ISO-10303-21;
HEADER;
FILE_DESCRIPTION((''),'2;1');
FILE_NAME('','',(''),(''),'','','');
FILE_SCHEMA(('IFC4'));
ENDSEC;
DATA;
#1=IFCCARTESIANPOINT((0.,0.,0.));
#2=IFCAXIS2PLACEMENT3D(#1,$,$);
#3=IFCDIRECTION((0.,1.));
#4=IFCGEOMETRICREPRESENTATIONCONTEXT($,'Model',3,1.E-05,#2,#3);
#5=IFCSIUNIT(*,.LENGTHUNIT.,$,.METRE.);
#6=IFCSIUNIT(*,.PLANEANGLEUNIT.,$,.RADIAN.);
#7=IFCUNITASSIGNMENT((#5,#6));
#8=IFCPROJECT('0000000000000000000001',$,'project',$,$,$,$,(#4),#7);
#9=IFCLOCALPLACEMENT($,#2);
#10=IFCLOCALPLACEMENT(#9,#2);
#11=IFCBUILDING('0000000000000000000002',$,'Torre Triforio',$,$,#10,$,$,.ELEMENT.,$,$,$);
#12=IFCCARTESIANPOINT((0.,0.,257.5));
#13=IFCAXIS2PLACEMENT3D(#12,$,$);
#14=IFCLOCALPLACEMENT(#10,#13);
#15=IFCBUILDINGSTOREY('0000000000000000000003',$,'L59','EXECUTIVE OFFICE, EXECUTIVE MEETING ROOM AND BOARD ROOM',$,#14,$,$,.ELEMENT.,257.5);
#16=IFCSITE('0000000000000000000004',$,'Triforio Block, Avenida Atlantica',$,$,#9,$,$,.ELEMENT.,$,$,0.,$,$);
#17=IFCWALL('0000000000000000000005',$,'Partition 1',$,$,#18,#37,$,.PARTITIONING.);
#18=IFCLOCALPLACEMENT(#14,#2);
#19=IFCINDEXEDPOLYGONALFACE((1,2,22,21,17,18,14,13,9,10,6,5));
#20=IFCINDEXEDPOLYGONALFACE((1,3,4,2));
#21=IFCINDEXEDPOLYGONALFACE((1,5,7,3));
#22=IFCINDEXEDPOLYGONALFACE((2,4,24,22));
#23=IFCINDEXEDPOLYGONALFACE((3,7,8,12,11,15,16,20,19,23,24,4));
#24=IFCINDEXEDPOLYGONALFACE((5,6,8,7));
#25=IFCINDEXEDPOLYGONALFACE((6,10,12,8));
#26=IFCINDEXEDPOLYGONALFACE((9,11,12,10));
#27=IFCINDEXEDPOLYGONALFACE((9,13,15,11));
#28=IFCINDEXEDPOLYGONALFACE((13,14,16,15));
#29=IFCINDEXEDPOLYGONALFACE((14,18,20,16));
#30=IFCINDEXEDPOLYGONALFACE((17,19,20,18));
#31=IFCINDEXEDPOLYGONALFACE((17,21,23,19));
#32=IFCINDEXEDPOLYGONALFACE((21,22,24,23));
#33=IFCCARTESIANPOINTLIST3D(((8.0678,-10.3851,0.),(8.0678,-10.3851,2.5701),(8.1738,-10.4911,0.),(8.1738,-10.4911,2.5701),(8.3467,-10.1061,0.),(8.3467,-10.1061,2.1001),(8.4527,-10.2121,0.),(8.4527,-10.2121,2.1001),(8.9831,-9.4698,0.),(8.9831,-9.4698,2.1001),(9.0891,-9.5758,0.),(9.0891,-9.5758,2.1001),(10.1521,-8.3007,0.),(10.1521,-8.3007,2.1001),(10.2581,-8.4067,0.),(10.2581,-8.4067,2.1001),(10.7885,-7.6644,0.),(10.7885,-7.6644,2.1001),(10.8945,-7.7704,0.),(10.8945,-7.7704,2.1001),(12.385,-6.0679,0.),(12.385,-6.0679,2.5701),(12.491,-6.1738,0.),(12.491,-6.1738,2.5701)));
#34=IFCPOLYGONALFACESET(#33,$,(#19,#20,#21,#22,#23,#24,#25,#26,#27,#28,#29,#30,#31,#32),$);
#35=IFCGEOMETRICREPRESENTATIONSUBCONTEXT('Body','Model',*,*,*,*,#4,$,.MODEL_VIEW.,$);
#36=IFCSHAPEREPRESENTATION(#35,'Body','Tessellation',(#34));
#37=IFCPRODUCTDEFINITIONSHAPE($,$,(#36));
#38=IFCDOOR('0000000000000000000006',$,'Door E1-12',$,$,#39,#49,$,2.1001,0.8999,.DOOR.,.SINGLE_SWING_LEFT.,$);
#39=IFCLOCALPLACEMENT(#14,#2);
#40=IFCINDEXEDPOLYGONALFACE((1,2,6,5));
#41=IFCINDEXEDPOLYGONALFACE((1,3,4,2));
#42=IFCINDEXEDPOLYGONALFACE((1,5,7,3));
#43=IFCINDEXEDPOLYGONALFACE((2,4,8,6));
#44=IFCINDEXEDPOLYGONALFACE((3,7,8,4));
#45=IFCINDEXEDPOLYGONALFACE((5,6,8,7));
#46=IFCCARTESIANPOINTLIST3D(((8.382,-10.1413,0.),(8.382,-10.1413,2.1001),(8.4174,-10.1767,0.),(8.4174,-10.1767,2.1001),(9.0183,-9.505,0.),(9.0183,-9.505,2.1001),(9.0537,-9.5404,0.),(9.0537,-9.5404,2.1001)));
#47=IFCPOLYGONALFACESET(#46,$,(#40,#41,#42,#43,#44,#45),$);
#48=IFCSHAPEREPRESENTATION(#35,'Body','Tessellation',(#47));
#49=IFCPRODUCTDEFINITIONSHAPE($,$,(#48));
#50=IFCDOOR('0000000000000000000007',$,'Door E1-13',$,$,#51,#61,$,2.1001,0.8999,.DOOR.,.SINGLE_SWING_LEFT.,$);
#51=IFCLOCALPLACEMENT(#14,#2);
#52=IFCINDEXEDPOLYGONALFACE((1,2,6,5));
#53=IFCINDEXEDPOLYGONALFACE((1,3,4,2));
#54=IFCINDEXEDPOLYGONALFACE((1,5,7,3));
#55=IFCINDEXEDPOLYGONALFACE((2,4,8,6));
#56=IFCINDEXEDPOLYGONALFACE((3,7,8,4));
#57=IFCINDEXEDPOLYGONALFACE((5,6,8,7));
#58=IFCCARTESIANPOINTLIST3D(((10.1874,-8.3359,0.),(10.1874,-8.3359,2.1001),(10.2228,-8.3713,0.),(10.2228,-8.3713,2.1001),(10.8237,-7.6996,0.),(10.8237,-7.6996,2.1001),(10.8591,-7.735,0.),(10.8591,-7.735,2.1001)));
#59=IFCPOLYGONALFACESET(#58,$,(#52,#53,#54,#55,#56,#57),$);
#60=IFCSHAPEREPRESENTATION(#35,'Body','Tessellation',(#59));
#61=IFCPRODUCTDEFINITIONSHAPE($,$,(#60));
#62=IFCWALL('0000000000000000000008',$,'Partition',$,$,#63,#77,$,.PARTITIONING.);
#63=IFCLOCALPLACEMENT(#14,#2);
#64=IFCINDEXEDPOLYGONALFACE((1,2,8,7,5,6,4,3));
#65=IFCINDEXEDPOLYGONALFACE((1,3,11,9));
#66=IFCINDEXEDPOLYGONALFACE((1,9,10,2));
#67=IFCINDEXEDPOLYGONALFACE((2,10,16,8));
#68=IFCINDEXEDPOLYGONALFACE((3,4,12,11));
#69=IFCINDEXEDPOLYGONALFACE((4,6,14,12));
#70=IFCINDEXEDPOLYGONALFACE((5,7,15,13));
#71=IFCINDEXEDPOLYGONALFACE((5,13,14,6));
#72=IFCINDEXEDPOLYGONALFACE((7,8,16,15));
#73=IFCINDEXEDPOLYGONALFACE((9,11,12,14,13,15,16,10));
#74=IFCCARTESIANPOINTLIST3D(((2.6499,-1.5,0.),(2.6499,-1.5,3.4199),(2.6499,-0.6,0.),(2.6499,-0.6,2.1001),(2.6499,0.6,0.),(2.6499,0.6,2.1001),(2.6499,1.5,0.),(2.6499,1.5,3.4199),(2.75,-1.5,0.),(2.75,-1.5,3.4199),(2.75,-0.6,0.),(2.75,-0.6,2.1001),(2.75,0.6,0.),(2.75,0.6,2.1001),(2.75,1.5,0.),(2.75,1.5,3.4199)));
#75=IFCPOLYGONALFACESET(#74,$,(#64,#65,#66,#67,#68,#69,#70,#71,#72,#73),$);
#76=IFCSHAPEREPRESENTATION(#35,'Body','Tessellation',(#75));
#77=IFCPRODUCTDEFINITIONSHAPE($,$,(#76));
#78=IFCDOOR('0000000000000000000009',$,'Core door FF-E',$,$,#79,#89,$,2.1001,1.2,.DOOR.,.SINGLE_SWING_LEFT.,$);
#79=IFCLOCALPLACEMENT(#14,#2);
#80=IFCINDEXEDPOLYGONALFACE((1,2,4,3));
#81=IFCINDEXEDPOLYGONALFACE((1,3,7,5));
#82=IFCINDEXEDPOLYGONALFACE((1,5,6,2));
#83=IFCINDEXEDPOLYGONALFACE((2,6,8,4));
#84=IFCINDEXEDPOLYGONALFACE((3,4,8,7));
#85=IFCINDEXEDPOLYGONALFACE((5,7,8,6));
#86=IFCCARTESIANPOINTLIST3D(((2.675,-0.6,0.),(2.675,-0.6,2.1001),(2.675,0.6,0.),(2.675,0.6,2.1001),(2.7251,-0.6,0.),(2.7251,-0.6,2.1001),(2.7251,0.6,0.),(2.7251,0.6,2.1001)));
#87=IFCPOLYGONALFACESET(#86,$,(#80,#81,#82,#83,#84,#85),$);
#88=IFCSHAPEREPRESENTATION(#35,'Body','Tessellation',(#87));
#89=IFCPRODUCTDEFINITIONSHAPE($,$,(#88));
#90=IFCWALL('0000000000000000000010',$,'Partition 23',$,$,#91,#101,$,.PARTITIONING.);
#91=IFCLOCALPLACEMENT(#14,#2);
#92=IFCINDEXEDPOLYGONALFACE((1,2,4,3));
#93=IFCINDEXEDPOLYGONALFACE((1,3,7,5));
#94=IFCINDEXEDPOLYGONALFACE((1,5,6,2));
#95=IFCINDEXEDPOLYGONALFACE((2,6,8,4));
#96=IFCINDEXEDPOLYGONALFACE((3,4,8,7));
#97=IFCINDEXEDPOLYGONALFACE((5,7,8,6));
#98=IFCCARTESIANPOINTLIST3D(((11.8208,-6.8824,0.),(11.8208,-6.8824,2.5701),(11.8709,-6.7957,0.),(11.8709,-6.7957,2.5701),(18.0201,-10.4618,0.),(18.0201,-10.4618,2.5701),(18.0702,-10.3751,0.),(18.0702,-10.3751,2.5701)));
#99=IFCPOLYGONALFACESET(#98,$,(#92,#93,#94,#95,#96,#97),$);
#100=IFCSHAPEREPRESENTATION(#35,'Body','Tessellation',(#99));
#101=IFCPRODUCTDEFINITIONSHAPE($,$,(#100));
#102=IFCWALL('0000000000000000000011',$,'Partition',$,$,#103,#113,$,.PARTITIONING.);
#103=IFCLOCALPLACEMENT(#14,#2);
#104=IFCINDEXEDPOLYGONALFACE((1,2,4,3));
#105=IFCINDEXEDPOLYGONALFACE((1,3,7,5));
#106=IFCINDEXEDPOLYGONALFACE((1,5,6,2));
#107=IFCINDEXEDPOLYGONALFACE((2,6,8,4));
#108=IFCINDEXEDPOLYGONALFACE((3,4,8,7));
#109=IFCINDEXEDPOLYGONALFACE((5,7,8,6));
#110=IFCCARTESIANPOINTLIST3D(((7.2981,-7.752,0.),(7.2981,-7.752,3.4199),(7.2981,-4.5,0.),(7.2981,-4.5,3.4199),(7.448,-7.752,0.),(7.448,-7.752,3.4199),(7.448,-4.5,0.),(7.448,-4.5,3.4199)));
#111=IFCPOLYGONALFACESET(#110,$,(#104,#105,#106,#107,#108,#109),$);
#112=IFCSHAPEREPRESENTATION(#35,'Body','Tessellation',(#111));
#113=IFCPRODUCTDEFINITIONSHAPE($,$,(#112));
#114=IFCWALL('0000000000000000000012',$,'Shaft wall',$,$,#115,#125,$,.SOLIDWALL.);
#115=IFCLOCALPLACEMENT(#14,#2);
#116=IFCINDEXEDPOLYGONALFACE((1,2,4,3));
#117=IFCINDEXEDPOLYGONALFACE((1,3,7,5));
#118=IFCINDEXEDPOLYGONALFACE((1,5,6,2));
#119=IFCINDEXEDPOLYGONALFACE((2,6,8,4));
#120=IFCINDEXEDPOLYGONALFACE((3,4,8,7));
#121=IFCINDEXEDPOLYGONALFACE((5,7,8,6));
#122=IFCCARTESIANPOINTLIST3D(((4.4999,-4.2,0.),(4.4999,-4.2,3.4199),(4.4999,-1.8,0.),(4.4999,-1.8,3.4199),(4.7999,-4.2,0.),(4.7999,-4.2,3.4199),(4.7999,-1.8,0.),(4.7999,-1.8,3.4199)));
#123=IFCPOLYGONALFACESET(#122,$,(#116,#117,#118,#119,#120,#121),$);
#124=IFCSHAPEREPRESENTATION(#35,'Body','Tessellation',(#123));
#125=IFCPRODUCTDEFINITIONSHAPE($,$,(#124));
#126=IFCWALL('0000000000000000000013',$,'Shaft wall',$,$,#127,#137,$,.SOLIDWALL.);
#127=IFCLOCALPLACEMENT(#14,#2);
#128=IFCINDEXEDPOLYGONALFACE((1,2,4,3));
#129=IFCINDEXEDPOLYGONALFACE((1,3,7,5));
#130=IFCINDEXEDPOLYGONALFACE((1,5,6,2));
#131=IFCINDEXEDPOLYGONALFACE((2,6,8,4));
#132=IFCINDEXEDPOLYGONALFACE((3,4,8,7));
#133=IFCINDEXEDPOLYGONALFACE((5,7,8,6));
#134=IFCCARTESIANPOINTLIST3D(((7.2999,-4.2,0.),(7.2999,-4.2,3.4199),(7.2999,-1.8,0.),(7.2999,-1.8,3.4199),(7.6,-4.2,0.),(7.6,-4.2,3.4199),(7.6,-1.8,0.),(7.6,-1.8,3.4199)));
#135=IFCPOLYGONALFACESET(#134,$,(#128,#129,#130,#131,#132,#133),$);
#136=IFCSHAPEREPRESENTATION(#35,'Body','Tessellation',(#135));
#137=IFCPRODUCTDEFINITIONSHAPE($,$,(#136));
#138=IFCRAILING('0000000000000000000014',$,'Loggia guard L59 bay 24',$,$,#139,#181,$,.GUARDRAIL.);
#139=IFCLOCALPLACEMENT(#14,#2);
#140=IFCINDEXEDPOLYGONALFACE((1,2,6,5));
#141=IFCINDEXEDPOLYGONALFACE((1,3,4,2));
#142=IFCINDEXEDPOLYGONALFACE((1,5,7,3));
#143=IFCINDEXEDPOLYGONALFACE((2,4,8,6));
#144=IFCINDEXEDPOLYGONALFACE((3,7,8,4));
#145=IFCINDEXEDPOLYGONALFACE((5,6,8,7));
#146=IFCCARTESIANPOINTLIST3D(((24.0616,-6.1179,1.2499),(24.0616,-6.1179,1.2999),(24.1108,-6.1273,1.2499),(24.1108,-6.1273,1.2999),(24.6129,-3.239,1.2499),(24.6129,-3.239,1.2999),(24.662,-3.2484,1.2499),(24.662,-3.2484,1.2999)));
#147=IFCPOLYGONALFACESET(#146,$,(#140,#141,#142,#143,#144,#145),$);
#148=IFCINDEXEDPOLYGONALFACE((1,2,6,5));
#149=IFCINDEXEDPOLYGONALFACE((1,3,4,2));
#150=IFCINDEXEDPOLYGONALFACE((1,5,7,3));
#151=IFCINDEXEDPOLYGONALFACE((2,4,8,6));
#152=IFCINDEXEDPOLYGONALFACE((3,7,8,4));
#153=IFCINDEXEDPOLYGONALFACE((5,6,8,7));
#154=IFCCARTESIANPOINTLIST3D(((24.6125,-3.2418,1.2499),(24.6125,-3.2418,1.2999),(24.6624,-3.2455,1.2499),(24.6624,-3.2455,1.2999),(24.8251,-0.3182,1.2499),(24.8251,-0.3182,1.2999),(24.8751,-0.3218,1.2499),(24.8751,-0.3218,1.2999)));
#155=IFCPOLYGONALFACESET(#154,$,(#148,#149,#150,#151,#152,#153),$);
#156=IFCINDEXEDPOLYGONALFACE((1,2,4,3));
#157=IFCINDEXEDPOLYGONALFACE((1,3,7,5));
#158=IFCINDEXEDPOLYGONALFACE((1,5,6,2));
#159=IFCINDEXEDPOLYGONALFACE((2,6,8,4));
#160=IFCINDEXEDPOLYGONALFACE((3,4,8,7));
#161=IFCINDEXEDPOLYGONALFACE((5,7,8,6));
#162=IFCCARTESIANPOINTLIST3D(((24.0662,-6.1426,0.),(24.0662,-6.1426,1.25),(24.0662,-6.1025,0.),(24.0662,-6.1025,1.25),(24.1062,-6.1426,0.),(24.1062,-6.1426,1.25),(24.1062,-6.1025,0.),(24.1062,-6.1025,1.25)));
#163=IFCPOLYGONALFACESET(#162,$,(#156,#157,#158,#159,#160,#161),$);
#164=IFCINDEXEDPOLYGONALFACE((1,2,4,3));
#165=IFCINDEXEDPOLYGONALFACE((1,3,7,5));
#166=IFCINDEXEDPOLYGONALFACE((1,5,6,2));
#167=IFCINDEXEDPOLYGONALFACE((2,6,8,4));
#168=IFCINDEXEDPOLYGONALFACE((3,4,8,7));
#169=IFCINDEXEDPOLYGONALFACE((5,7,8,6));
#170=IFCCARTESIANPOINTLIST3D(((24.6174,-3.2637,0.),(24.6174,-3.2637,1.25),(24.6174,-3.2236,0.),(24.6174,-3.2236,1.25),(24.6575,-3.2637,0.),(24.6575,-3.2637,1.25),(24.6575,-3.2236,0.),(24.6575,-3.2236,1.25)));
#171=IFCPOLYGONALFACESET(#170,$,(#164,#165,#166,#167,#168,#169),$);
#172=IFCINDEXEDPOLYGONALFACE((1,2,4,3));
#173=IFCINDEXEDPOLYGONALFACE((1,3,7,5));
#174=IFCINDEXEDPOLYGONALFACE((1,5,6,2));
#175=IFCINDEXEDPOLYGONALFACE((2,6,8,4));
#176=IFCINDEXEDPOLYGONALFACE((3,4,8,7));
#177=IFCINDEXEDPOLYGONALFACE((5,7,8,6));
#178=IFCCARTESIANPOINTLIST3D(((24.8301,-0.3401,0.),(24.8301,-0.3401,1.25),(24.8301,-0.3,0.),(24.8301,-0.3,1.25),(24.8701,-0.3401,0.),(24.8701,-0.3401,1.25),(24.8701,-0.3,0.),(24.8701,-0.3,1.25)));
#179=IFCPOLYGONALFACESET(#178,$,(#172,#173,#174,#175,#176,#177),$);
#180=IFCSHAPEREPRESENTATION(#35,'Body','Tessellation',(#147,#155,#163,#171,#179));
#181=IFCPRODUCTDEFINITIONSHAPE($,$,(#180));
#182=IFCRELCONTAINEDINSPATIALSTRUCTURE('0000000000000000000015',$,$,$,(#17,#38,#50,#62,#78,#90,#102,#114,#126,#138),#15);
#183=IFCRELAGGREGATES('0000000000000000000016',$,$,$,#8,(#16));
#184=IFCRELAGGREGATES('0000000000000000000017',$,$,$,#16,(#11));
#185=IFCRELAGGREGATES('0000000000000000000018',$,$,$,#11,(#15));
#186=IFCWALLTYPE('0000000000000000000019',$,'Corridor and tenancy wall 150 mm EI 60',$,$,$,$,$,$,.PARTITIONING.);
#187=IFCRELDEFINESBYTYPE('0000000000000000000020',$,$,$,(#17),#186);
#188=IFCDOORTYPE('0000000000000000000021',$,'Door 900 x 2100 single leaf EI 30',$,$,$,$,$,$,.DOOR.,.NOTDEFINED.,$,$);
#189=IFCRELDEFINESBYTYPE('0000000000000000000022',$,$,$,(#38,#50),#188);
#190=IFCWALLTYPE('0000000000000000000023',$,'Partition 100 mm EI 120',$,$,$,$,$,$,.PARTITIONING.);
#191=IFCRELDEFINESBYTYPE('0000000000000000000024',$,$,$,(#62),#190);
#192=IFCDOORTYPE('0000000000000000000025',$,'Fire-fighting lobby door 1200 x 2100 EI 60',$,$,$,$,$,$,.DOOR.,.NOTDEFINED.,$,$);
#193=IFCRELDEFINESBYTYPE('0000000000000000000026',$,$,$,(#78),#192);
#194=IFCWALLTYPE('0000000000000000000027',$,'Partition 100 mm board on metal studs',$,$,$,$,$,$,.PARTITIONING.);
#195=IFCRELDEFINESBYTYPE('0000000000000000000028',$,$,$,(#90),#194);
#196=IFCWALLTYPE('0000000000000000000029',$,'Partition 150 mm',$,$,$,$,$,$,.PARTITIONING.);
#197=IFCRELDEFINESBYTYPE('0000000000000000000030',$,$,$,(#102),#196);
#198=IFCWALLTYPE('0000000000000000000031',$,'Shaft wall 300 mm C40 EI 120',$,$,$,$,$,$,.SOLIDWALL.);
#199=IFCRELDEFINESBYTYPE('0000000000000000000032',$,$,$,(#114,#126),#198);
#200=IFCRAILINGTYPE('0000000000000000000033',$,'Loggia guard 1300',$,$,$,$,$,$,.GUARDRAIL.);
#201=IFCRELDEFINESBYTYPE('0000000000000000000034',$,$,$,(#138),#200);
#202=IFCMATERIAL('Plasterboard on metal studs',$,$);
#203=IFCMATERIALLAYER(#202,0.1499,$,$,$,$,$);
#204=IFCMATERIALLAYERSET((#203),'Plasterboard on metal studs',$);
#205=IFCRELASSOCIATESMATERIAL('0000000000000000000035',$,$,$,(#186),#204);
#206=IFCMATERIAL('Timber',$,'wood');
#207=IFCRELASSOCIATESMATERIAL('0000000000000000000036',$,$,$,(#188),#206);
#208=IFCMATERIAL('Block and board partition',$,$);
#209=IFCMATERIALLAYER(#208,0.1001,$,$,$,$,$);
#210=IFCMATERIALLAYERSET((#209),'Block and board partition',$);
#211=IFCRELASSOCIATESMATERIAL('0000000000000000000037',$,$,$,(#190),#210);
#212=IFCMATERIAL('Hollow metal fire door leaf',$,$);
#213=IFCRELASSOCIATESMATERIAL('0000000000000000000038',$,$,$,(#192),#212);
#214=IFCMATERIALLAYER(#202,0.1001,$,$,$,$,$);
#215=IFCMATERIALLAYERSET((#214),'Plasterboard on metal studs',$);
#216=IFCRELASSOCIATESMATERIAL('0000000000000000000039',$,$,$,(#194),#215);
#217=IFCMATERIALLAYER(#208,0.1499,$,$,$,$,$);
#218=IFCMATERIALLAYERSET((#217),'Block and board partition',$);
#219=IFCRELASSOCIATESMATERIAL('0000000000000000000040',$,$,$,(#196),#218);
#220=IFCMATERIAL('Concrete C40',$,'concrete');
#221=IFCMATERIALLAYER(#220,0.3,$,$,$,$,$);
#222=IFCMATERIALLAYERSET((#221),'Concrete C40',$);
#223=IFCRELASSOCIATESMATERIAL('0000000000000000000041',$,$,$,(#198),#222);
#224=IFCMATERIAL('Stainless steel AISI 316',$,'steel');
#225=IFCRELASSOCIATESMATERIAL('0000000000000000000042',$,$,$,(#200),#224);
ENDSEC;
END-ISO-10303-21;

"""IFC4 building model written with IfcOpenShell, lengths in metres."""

from ifc_helpers import new_model, si_unit, direction, frame, frame_2d, origin, origin_2d, place, context, subcontext, project, spatial, rectangle, extrude, material, layer, layer_set, type_object, element, fill, save


model = new_model("IFC4")

# Units and contexts
model_context = context("Model", 3, precision=1e-05, world=origin(), true_north=direction((0.0, 1.0)))
body_context = subcontext(model_context, "Body", "Model", "MODEL_VIEW")
ifc_project = project(units=[si_unit("LENGTHUNIT", "METRE"), si_unit("PLANEANGLEUNIT", "RADIAN")], contexts=[model_context])

# Site, building, storey
site_placement = place(None, origin())
site = spatial("IfcSite", under=ifc_project, at=site_placement, Name="Triforio Block, Avenida Atlantica", CompositionType="ELEMENT", RefElevation=0.0)
building_placement = place(site_placement, origin())
building = spatial("IfcBuilding", under=site, at=building_placement, Name="Torre Triforio", CompositionType="ELEMENT")
storey_placement = place(building_placement, frame((0.0, 0.0, 257.5)))
storey = spatial("IfcBuildingStorey", under=building, at=storey_placement, Name="L59", Description="EXECUTIVE OFFICE, EXECUTIVE MEETING ROOM AND BOARD ROOM", CompositionType="ELEMENT", Elevation=257.5)

# Shared definitions
ifc_material_1 = material(Name="Concrete C40", Category="concrete")

# Shared definitions
ifc_material_2 = material(Name="Hollow metal fire door leaf")

# Wall, openings, doors
ifc_material_3 = material(Name="Plasterboard on metal studs")
ifc_layer_1 = layer(ifc_material_3, 0.1499)
ifc_layer_set_1 = layer_set([ifc_layer_1], Name="Plasterboard on metal studs")
wall_type_1 = type_object("IfcWallType", Name="Corridor and tenancy wall 150 mm EI 60", PredefinedType="PARTITIONING", material=ifc_layer_set_1)
wall_1_placement = place(storey_placement, frame((12.438, -6.1208, 0.0), z_axis=(0.0, 0.0, 1.0), x_axis=(-0.707107, -0.707107, 0.0)))
wall_1 = element("IfcWall", 1, at=wall_1_placement, inside=storey, type_object=wall_type_1, Name="Partition 1", PredefinedType="PARTITIONING", context=body_context, shape_type="SweptSolid", body=[
    extrude(rectangle(XDim=6.1055, YDim=0.1499, at=frame_2d((3.0527, 0.0))), origin(), (0.0, 0.0, 1.0), 2.5701),
])
opening_1_placement = place(wall_1_placement, frame((4.811, 0.0, 0.0)))
opening_1 = element("IfcOpeningElement", 2, at=opening_1_placement, cuts=wall_1, PredefinedType="OPENING", context=body_context, shape_type="SweptSolid", body=[
    extrude(rectangle(XDim=0.8999, YDim=2.1001, at=frame_2d((0.45, 1.05))), frame((0.0, 0.085, 0.0), z_axis=(0.0, -1.0, 0.0), x_axis=(1.0, 0.0, 0.0)), (0.0, 0.0, 1.0), 0.1699),
])
opening_2_placement = place(wall_1_placement, frame((2.2578, 0.0, 0.0)))
opening_2 = element("IfcOpeningElement", 3, at=opening_2_placement, cuts=wall_1, PredefinedType="OPENING", context=body_context, shape_type="SweptSolid", body=[
    extrude(rectangle(XDim=0.8999, YDim=2.1001, at=frame_2d((0.45, 1.05))), frame((0.0, 0.085, 0.0), z_axis=(0.0, -1.0, 0.0), x_axis=(1.0, 0.0, 0.0)), (0.0, 0.0, 1.0), 0.1699),
])
ifc_material_4 = material(Name="Timber", Category="wood")
door_type_1 = type_object("IfcDoorType", Name="Door 900 x 2100 single leaf EI 30", OperationType="NOTDEFINED", PredefinedType="DOOR", material=ifc_material_4)
door_1_placement = place(opening_1_placement, origin())
door_1 = element("IfcDoor", 4, at=door_1_placement, inside=storey, type_object=door_type_1, Name="Door E1-12", OperationType="SINGLE_SWING_LEFT", OverallHeight=2.1001, OverallWidth=0.8999, PredefinedType="DOOR", context=body_context, shape_type="SweptSolid", body=[
    extrude(rectangle(XDim=0.8999, YDim=2.1001, at=frame_2d((0.45, 1.05))), frame((0.0, 0.0249, 0.0), z_axis=(0.0, -1.0, 0.0), x_axis=(1.0, 0.0, 0.0)), (0.0, 0.0, 1.0), 0.05),
])
fill(opening_1, door_1)
door_2_placement = place(opening_2_placement, origin())
door_2 = element("IfcDoor", 5, at=door_2_placement, inside=storey, type_object=door_type_1, Name="Door E1-13", OperationType="SINGLE_SWING_LEFT", OverallHeight=2.1001, OverallWidth=0.8999, PredefinedType="DOOR", context=body_context, shape_type="SweptSolid", body=[
    extrude(rectangle(XDim=0.8999, YDim=2.1001, at=frame_2d((0.45, 1.05))), frame((0.0, 0.0249, 0.0), z_axis=(0.0, -1.0, 0.0), x_axis=(1.0, 0.0, 0.0)), (0.0, 0.0, 1.0), 0.05),
])
fill(opening_2, door_2)

# Wall, opening, door
ifc_material_5 = material(Name="Block and board partition")
ifc_layer_2 = layer(ifc_material_5, 0.1001)
ifc_layer_set_2 = layer_set([ifc_layer_2], Name="Block and board partition")
wall_type_2 = type_object("IfcWallType", Name="Partition 100 mm EI 120", PredefinedType="PARTITIONING", material=ifc_layer_set_2)
wall_2_placement = place(storey_placement, frame((2.7, -1.5, 0.0), z_axis=(0.0, 0.0, 1.0), x_axis=(0.0, 1.0, 0.0)))
wall_2 = element("IfcWall", 6, at=wall_2_placement, inside=storey, type_object=wall_type_2, Name="Partition", PredefinedType="PARTITIONING", context=body_context, shape_type="SweptSolid", body=[
    extrude(rectangle(XDim=3.0, YDim=0.1001, at=frame_2d((1.5, 0.0))), origin(), (0.0, 0.0, 1.0), 3.4199),
])
opening_3_placement = place(wall_2_placement, frame((0.8999, 0.0, 0.0)))
opening_3 = element("IfcOpeningElement", 7, at=opening_3_placement, cuts=wall_2, PredefinedType="OPENING", context=body_context, shape_type="SweptSolid", body=[
    extrude(rectangle(XDim=1.2, YDim=2.1001, at=frame_2d((0.6001, 1.05))), frame((0.0, 0.0601, 0.0), z_axis=(0.0, -1.0, 0.0), x_axis=(1.0, 0.0, 0.0)), (0.0, 0.0, 1.0), 0.1201),
])
door_type_2 = type_object("IfcDoorType", Name="Fire-fighting lobby door 1200 x 2100 EI 60", OperationType="NOTDEFINED", PredefinedType="DOOR", material=ifc_material_2)
door_3_placement = place(opening_3_placement, origin())
door_3 = element("IfcDoor", 8, at=door_3_placement, inside=storey, type_object=door_type_2, Name="Core door FF-E", OperationType="SINGLE_SWING_LEFT", OverallHeight=2.1001, OverallWidth=1.2, PredefinedType="DOOR", context=body_context, shape_type="SweptSolid", body=[
    extrude(rectangle(XDim=1.2, YDim=2.1001, at=frame_2d((0.6001, 1.05))), frame((0.0, 0.0249, 0.0), z_axis=(0.0, -1.0, 0.0), x_axis=(1.0, 0.0, 0.0)), (0.0, 0.0, 1.0), 0.05),
])
fill(opening_3, door_3)

# Walls
ifc_layer_3 = layer(ifc_material_3, 0.1001)
ifc_layer_set_3 = layer_set([ifc_layer_3], Name="Plasterboard on metal studs")
wall_type_3 = type_object("IfcWallType", Name="Partition 100 mm board on metal studs", PredefinedType="PARTITIONING", material=ifc_layer_set_3)
wall_3_placement = place(storey_placement, frame((11.8459, -6.8391, 0.0), z_axis=(0.0, 0.0, 1.0), x_axis=(0.866012, -0.500024, 0.0)))
element("IfcWall", 9, at=wall_3_placement, inside=storey, type_object=wall_type_3, Name="Partition 23", PredefinedType="PARTITIONING", context=body_context, shape_type="SweptSolid", body=[
    extrude(rectangle(XDim=7.1584, YDim=0.1001, at=frame_2d((3.5791, 0.0))), origin(), (0.0, 0.0, 1.0), 2.5701),
])
ifc_layer_4 = layer(ifc_material_5, 0.1499)
ifc_layer_set_4 = layer_set([ifc_layer_4], Name="Block and board partition")
wall_type_4 = type_object("IfcWallType", Name="Partition 150 mm", PredefinedType="PARTITIONING", material=ifc_layer_set_4)
wall_4_placement = place(storey_placement, frame((7.373, -7.752, 0.0), z_axis=(0.0, 0.0, 1.0), x_axis=(0.0, 1.0, 0.0)))
element("IfcWall", 10, at=wall_4_placement, inside=storey, type_object=wall_type_4, Name="Partition", PredefinedType="PARTITIONING", context=body_context, shape_type="SweptSolid", body=[
    extrude(rectangle(XDim=3.252, YDim=0.1499, at=frame_2d((1.626, 0.0))), origin(), (0.0, 0.0, 1.0), 3.4199),
])
ifc_layer_5 = layer(ifc_material_1, 0.3)
ifc_layer_set_5 = layer_set([ifc_layer_5], Name="Concrete C40")
wall_type_5 = type_object("IfcWallType", Name="Shaft wall 300 mm C40 EI 120", PredefinedType="SOLIDWALL", material=ifc_layer_set_5)
for number, where, z_axis, x_axis, name in (
    (11, (4.6499, -4.2, 0.0), (0.0, 0.0, 1.0), (0.0, 1.0, 0.0), "Shaft wall"),
    (12, (7.45, -4.2, 0.0), (0.0, 0.0, 1.0), (0.0, 1.0, 0.0), "Shaft wall"),
):
    element("IfcWall", number, at=place(storey_placement, frame(where, z_axis=z_axis, x_axis=x_axis)), inside=storey, type_object=wall_type_5, Name=name, PredefinedType="SOLIDWALL", context=body_context, shape_type="SweptSolid", body=[
        extrude(rectangle(XDim=2.3999, YDim=0.3, at=frame_2d((1.2, 0.0))), origin(), (0.0, 0.0, 1.0), 3.4199),
    ])

# Railing
ifc_material_6 = material(Name="Stainless steel AISI 316", Category="steel")
railing_type = type_object("IfcRailingType", Name="Loggia guard 1300", PredefinedType="GUARDRAIL", material=ifc_material_6)
railing_placement = place(storey_placement, frame((24.0862, -6.1226, 0.0)))
element("IfcRailing", 13, at=railing_placement, inside=storey, type_object=railing_type, Name="Loggia guard L59 bay 24", PredefinedType="GUARDRAIL", context=body_context, shape_type="SweptSolid", body=[
    extrude(rectangle(XDim=0.05, YDim=0.05, at=origin_2d()), frame((0.0, 0.0, 1.2749), z_axis=(0.188069, 0.982156, 0.0), x_axis=(-0.982156, 0.188069, 0.0)), (0.0, 0.0, 1.0), 2.9312),
    extrude(rectangle(XDim=0.05, YDim=0.05, at=origin_2d()), frame((0.5513, 2.8789, 1.2749), z_axis=(0.072543, 0.997365, 0.0), x_axis=(-0.997365, 0.072543, 0.0)), (0.0, 0.0, 1.0), 2.9314),
    extrude(rectangle(XDim=0.04, YDim=0.04, at=origin_2d()), origin(), (0.0, 0.0, 1.0), 1.25),
    extrude(rectangle(XDim=0.04, YDim=0.04, at=origin_2d()), frame((0.5513, 2.8789, 0.0)), (0.0, 0.0, 1.0), 1.25),
    extrude(rectangle(XDim=0.04, YDim=0.04, at=origin_2d()), frame((0.7639, 5.8025, 0.0)), (0.0, 0.0, 1.0), 1.25),
])

save(model, "model.ifc")
